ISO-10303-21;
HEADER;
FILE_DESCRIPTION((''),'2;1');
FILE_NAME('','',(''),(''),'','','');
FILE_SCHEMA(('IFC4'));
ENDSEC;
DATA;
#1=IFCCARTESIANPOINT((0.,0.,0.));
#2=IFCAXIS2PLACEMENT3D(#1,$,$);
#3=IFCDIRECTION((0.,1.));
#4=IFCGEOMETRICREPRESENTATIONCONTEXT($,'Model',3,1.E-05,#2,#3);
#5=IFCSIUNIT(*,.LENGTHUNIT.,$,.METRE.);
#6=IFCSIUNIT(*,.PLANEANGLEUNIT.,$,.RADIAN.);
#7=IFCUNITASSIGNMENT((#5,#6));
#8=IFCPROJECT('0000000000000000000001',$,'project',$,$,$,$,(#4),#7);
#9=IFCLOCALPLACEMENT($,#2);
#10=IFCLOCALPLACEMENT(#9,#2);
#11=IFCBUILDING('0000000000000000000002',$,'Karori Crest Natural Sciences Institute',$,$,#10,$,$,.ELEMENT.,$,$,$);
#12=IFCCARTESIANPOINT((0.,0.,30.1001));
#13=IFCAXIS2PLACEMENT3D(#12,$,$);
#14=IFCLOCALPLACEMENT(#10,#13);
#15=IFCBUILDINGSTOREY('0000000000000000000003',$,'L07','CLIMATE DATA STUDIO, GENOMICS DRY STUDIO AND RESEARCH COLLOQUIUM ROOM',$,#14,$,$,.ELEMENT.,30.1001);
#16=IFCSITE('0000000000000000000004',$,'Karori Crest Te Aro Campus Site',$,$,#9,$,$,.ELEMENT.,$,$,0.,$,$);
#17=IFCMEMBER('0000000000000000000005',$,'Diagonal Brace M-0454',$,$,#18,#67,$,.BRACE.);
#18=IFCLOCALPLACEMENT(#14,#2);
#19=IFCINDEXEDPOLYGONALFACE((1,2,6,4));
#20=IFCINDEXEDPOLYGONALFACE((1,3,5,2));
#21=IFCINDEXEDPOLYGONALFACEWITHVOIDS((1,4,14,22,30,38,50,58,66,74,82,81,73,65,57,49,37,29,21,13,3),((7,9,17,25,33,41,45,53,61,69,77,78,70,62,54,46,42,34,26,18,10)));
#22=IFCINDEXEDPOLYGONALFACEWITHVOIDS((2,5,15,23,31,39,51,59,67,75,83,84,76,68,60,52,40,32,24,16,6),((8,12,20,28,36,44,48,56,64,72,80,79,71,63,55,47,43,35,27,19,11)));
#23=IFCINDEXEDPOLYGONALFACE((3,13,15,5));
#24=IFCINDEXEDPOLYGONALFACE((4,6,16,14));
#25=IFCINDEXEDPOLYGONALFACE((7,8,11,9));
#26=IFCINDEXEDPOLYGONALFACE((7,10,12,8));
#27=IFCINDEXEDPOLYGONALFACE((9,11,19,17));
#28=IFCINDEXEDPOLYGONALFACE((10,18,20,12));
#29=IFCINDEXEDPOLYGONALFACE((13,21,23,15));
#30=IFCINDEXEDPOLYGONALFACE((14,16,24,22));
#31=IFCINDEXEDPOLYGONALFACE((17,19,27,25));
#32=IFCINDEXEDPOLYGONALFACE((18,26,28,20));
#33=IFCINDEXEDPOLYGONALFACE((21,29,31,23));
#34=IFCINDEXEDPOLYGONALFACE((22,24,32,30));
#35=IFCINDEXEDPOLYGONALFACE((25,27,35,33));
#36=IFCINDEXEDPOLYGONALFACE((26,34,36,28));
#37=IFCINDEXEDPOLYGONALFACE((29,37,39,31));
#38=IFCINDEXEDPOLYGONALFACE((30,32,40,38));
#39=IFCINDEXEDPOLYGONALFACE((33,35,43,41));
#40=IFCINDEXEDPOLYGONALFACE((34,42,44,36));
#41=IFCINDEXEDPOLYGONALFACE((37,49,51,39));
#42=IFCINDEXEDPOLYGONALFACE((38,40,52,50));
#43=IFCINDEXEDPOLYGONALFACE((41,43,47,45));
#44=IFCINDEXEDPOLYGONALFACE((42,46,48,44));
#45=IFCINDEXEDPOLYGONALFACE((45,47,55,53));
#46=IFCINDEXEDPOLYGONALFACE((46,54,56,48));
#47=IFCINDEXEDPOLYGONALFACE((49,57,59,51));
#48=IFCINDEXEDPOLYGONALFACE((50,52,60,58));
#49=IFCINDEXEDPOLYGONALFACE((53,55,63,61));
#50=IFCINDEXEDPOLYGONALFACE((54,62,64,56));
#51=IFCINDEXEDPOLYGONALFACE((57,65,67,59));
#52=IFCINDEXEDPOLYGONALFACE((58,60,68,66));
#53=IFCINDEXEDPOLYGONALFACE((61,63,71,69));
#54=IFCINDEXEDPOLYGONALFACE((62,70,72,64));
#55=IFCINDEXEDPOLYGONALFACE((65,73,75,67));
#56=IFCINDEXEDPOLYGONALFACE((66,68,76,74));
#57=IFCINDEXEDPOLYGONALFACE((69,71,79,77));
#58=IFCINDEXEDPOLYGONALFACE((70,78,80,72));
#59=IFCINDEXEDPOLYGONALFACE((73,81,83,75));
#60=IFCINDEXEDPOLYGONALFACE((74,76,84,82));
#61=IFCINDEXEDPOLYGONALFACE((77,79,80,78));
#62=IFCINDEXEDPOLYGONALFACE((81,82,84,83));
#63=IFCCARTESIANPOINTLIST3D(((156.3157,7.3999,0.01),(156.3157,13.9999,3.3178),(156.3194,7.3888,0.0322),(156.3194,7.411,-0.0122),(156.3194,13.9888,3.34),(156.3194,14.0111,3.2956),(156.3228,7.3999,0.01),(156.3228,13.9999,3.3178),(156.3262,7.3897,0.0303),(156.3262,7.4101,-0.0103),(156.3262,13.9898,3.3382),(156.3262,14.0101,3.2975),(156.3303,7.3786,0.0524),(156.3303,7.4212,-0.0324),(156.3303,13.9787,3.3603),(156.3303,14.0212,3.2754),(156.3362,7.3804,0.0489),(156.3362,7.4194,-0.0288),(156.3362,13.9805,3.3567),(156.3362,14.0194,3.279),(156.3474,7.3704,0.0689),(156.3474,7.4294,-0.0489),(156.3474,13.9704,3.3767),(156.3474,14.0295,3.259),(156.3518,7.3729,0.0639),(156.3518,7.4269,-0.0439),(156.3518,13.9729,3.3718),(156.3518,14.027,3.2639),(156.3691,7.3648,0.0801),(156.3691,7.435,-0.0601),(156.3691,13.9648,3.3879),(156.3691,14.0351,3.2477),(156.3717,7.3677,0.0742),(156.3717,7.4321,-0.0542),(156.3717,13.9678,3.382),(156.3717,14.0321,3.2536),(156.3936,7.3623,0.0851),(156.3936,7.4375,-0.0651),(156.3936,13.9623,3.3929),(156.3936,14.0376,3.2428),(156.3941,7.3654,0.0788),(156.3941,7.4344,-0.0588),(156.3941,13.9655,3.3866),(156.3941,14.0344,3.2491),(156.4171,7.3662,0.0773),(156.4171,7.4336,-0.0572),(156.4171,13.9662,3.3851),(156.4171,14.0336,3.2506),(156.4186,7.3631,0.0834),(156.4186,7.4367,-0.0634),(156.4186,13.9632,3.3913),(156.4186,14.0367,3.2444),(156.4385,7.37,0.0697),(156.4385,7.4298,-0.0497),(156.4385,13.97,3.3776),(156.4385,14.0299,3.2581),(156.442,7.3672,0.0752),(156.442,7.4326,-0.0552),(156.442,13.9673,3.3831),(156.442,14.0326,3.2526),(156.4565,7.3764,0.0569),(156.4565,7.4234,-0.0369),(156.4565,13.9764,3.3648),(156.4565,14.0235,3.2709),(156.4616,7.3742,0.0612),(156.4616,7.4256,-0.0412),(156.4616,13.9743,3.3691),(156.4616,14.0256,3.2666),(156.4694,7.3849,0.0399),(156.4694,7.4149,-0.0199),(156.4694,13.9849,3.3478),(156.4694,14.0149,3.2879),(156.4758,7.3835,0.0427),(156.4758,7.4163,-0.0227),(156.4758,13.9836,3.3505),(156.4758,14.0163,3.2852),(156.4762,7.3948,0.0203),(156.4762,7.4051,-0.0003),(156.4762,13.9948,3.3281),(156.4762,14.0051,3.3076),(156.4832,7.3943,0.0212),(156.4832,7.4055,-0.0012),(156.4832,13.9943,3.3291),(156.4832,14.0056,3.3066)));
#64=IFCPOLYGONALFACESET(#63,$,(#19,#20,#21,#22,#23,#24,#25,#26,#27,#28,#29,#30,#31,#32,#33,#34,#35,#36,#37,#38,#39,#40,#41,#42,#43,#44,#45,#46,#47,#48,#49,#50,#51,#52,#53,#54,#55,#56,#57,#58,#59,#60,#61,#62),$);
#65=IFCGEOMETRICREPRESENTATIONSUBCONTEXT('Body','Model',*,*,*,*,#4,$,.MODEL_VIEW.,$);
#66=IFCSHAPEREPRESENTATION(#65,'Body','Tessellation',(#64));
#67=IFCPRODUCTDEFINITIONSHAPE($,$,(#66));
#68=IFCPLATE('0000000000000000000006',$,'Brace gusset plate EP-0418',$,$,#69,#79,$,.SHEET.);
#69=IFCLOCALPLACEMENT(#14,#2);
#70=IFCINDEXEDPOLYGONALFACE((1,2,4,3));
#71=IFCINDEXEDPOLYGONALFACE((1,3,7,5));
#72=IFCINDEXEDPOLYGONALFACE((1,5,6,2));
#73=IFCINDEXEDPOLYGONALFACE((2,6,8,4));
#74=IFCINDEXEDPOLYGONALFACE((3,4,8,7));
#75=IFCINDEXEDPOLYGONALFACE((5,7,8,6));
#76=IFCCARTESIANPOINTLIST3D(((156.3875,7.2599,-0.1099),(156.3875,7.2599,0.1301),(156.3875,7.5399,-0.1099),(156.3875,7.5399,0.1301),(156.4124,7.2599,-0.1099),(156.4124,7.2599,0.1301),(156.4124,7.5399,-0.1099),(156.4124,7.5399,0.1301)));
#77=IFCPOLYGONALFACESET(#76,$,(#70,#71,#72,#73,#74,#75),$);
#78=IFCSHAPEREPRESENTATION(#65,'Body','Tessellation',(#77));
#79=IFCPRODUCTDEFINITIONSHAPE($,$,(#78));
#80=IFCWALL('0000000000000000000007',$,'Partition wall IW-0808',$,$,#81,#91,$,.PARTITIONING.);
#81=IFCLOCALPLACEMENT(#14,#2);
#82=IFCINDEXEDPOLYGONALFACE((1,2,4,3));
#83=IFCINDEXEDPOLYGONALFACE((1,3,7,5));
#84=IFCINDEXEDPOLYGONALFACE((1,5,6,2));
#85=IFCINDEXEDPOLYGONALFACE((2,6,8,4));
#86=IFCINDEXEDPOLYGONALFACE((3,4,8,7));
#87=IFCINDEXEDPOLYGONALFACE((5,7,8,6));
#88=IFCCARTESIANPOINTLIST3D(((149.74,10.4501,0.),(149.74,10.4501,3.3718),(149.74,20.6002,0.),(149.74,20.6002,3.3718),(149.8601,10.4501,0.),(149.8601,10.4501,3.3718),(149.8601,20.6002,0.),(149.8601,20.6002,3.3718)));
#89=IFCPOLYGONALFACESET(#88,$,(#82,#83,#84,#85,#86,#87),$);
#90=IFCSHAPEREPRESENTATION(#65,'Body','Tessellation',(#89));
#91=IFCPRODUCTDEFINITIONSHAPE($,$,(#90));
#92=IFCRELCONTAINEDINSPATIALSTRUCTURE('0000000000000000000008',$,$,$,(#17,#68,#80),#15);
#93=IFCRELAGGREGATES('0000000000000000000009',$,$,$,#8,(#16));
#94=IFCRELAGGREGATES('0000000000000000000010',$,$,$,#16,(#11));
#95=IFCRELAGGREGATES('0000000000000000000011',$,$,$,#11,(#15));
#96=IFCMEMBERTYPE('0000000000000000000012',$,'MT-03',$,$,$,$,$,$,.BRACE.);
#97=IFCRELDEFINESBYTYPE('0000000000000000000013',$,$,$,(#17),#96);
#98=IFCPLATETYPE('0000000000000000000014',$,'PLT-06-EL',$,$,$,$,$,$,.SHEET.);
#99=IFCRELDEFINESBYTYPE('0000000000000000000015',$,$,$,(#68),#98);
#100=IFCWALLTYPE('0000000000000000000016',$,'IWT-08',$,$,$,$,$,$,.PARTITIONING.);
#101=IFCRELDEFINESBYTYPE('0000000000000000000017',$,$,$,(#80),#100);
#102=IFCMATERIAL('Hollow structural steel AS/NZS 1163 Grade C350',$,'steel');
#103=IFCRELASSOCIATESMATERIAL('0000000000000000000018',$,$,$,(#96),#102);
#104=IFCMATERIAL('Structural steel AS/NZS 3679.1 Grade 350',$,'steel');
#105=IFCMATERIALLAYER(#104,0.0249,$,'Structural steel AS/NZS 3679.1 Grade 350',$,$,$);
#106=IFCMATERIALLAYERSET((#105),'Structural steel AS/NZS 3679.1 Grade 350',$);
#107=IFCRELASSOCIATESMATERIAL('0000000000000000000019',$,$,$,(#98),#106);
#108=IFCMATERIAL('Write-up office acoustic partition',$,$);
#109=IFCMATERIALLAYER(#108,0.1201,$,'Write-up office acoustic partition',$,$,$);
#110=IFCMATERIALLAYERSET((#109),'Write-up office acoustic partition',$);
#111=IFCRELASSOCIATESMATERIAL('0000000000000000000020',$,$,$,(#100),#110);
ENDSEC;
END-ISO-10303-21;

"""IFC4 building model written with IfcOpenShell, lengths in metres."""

from ifc_helpers import new_model, si_unit, direction, frame, frame_2d, origin, origin_2d, place, context, subcontext, project, spatial, rectangle, hollow_circle, extrude, material, layer, layer_set, material_profile, profile_set, type_object, element, save


model = new_model("IFC4")

# Units and contexts
model_context = context("Model", 3, precision=1e-05, world=origin(), true_north=direction((0.0, 1.0)))
body_context = subcontext(model_context, "Body", "Model", "MODEL_VIEW")
ifc_project = project(units=[si_unit("LENGTHUNIT", "METRE"), si_unit("PLANEANGLEUNIT", "RADIAN")], contexts=[model_context])

# Site, building, storey
site_placement = place(None, origin())
site = spatial("IfcSite", under=ifc_project, at=site_placement, Name="Karori Crest Te Aro Campus Site", CompositionType="ELEMENT", RefElevation=0.0)
building_placement = place(site_placement, origin())
building = spatial("IfcBuilding", under=site, at=building_placement, Name="Karori Crest Natural Sciences Institute", CompositionType="ELEMENT")
storey_placement = place(building_placement, frame((0.0, 0.0, 30.1001)))
storey = spatial("IfcBuildingStorey", under=building, at=storey_placement, Name="L07", Description="CLIMATE DATA STUDIO, GENOMICS DRY STUDIO AND RESEARCH COLLOQUIUM ROOM", CompositionType="ELEMENT", Elevation=30.1001)

# Shared definitions
ifc_material_1 = material(Name="Structural steel AS/NZS 3679.1 Grade 350", Category="steel")

# Shared definitions
ifc_material_2 = material(Name="Hollow structural steel AS/NZS 1163 Grade C350", Category="steel")

# Member
ifc_material_profile_1 = material_profile(ifc_material_2, hollow_circle(Radius=0.0842, WallThickness=0.0071, at=origin_2d()), Name="CHS168.3x7.1")
ifc_profile_set_1 = profile_set([ifc_material_profile_1], Name="Hollow structural steel AS/NZS 1163 Grade C350")
member_type = type_object("IfcMemberType", Name="MT-03", PredefinedType="BRACE", material=ifc_profile_set_1)
member_placement = place(storey_placement, frame((156.3999, 7.3999, 0.01), z_axis=(0.0, 0.894003, 0.44806), x_axis=(-1.0, 0.0, 0.0)))
element("IfcMember", 1, at=member_placement, inside=storey, type_object=member_type, Name="Diagonal Brace M-0454", PredefinedType="BRACE", context=body_context, shape_type="SweptSolid", body=[
    extrude(hollow_circle(Radius=0.0842, WallThickness=0.0071, at=origin_2d()), origin(), (0.0, 0.0, 1.0), 7.3826),
])

# Plate
ifc_layer_1 = layer(ifc_material_1, 0.0249, Name="Structural steel AS/NZS 3679.1 Grade 350")
ifc_layer_set_1 = layer_set([ifc_layer_1], Name="Structural steel AS/NZS 3679.1 Grade 350")
plate_type = type_object("IfcPlateType", Name="PLT-06-EL", PredefinedType="SHEET", material=ifc_layer_set_1)
plate_placement = place(storey_placement, frame((156.3999, 7.3999, -0.1099), z_axis=(0.0, 0.0, 1.0), x_axis=(0.0, 1.0, 0.0)))
element("IfcPlate", 2, at=plate_placement, inside=storey, type_object=plate_type, Name="Brace gusset plate EP-0418", PredefinedType="SHEET", context=body_context, shape_type="SweptSolid", body=[
    extrude(rectangle(XDim=0.28, YDim=0.0249, at=origin_2d()), origin(), (0.0, 0.0, 1.0), 0.24),
])

# Wall
ifc_material_3 = material(Name="Write-up office acoustic partition")
ifc_layer_2 = layer(ifc_material_3, 0.1201, Name="Write-up office acoustic partition")
ifc_layer_set_2 = layer_set([ifc_layer_2], Name="Write-up office acoustic partition")
wall_type_1 = type_object("IfcWallType", Name="IWT-08", PredefinedType="PARTITIONING", material=ifc_layer_set_2)
wall_1_placement = place(storey_placement, frame((149.8, 10.45, 0.0), z_axis=(0.0, 0.0, 1.0), x_axis=(0.0, 1.0, 0.0)))
element("IfcWall", 3, at=wall_1_placement, inside=storey, type_object=wall_type_1, Name="Partition wall IW-0808", PredefinedType="PARTITIONING", context=body_context, shape_type="SweptSolid", body=[
    extrude(rectangle(XDim=10.1501, YDim=0.1201, at=frame_2d((5.0752, 0.0))), origin(), (0.0, 0.0, 1.0), 3.3718),
])

save(model, "model.ifc")
